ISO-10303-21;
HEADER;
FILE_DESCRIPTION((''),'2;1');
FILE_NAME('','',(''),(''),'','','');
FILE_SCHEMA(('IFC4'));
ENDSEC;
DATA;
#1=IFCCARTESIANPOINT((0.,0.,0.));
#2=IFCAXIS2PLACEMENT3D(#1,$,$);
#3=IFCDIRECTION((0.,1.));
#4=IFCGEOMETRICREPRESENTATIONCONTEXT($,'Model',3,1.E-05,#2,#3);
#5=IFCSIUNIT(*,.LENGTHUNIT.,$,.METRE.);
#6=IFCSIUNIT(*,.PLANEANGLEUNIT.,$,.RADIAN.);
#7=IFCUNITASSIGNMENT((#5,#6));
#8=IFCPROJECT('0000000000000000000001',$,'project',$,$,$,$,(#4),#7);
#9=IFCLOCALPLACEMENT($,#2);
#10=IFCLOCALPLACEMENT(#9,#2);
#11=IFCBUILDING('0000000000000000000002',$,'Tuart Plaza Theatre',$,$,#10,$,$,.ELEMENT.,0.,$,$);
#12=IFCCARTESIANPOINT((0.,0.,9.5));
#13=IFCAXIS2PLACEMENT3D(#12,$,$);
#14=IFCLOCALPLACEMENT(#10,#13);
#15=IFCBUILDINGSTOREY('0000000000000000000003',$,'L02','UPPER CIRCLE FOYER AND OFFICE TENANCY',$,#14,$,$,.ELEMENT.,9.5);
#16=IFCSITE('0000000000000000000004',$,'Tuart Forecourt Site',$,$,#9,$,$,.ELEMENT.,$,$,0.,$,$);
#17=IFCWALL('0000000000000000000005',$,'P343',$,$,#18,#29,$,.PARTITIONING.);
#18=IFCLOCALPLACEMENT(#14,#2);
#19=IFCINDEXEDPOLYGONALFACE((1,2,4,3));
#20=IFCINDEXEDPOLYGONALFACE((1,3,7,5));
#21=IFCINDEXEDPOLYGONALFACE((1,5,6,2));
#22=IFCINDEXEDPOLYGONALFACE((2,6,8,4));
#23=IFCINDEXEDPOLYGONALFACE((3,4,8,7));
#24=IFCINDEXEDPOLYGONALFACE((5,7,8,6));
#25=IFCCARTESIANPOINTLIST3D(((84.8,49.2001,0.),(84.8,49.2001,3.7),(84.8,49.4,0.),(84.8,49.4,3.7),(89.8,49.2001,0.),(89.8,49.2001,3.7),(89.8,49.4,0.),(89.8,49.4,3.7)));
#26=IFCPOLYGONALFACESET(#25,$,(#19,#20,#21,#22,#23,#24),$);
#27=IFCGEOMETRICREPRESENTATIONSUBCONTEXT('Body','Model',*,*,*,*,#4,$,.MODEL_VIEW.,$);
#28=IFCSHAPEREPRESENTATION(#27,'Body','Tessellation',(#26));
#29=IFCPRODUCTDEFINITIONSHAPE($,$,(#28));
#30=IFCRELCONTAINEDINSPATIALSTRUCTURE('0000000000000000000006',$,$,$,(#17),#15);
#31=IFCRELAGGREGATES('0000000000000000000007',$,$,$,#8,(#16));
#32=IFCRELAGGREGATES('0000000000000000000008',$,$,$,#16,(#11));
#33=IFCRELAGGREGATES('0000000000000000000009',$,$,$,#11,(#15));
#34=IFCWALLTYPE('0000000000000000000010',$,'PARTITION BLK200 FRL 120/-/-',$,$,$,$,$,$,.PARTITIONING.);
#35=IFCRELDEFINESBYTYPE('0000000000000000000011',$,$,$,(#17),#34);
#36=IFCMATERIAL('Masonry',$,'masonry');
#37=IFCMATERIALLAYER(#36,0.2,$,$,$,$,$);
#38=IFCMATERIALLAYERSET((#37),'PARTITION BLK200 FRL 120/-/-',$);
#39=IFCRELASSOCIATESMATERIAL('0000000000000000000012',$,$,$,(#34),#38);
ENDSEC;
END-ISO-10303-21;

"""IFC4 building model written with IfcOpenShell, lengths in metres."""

from ifc_helpers import new_model, si_unit, direction, frame, frame_2d, origin, place, context, subcontext, project, spatial, rectangle, extrude, material, layer, layer_set, type_object, element, save


model = new_model("IFC4")

# Units and contexts
model_context = context("Model", 3, precision=1e-05, world=origin(), true_north=direction((0.0, 1.0)))
body_context = subcontext(model_context, "Body", "Model", "MODEL_VIEW")
ifc_project = project(units=[si_unit("LENGTHUNIT", "METRE"), si_unit("PLANEANGLEUNIT", "RADIAN")], contexts=[model_context])

# Site, building, storey
site_placement = place(None, origin())
site = spatial("IfcSite", under=ifc_project, at=site_placement, Name="Tuart Forecourt Site", CompositionType="ELEMENT", RefElevation=0.0)
building_placement = place(site_placement, origin())
building = spatial("IfcBuilding", under=site, at=building_placement, Name="Tuart Plaza Theatre", CompositionType="ELEMENT", ElevationOfRefHeight=0.0)
storey_placement = place(building_placement, frame((0.0, 0.0, 9.5)))
storey = spatial("IfcBuildingStorey", under=building, at=storey_placement, Name="L02", Description="UPPER CIRCLE FOYER AND OFFICE TENANCY", CompositionType="ELEMENT", Elevation=9.5)

# Shared definitions
ifc_material_1 = material(Name="Masonry", Category="masonry")
ifc_layer_1 = layer(ifc_material_1, 0.2)
ifc_layer_set_1 = layer_set([ifc_layer_1], Name="PARTITION BLK200 FRL 120/-/-")
wall_type = type_object("IfcWallType", Name="PARTITION BLK200 FRL 120/-/-", PredefinedType="PARTITIONING", material=ifc_layer_set_1)

# Wall
wall_1_placement = place(storey_placement, frame((89.8, 49.3, 0.0), z_axis=(0.0, 0.0, 1.0), x_axis=(-1.0, 0.0, 0.0)))
element("IfcWall", 1, at=wall_1_placement, inside=storey, type_object=wall_type, Name="P343", PredefinedType="PARTITIONING", context=body_context, shape_type="SweptSolid", body=[
    extrude(rectangle(XDim=5.0, YDim=0.2, at=frame_2d((2.5, 0.0))), origin(), (0.0, 0.0, 1.0), 3.7),
])

save(model, "model.ifc")
